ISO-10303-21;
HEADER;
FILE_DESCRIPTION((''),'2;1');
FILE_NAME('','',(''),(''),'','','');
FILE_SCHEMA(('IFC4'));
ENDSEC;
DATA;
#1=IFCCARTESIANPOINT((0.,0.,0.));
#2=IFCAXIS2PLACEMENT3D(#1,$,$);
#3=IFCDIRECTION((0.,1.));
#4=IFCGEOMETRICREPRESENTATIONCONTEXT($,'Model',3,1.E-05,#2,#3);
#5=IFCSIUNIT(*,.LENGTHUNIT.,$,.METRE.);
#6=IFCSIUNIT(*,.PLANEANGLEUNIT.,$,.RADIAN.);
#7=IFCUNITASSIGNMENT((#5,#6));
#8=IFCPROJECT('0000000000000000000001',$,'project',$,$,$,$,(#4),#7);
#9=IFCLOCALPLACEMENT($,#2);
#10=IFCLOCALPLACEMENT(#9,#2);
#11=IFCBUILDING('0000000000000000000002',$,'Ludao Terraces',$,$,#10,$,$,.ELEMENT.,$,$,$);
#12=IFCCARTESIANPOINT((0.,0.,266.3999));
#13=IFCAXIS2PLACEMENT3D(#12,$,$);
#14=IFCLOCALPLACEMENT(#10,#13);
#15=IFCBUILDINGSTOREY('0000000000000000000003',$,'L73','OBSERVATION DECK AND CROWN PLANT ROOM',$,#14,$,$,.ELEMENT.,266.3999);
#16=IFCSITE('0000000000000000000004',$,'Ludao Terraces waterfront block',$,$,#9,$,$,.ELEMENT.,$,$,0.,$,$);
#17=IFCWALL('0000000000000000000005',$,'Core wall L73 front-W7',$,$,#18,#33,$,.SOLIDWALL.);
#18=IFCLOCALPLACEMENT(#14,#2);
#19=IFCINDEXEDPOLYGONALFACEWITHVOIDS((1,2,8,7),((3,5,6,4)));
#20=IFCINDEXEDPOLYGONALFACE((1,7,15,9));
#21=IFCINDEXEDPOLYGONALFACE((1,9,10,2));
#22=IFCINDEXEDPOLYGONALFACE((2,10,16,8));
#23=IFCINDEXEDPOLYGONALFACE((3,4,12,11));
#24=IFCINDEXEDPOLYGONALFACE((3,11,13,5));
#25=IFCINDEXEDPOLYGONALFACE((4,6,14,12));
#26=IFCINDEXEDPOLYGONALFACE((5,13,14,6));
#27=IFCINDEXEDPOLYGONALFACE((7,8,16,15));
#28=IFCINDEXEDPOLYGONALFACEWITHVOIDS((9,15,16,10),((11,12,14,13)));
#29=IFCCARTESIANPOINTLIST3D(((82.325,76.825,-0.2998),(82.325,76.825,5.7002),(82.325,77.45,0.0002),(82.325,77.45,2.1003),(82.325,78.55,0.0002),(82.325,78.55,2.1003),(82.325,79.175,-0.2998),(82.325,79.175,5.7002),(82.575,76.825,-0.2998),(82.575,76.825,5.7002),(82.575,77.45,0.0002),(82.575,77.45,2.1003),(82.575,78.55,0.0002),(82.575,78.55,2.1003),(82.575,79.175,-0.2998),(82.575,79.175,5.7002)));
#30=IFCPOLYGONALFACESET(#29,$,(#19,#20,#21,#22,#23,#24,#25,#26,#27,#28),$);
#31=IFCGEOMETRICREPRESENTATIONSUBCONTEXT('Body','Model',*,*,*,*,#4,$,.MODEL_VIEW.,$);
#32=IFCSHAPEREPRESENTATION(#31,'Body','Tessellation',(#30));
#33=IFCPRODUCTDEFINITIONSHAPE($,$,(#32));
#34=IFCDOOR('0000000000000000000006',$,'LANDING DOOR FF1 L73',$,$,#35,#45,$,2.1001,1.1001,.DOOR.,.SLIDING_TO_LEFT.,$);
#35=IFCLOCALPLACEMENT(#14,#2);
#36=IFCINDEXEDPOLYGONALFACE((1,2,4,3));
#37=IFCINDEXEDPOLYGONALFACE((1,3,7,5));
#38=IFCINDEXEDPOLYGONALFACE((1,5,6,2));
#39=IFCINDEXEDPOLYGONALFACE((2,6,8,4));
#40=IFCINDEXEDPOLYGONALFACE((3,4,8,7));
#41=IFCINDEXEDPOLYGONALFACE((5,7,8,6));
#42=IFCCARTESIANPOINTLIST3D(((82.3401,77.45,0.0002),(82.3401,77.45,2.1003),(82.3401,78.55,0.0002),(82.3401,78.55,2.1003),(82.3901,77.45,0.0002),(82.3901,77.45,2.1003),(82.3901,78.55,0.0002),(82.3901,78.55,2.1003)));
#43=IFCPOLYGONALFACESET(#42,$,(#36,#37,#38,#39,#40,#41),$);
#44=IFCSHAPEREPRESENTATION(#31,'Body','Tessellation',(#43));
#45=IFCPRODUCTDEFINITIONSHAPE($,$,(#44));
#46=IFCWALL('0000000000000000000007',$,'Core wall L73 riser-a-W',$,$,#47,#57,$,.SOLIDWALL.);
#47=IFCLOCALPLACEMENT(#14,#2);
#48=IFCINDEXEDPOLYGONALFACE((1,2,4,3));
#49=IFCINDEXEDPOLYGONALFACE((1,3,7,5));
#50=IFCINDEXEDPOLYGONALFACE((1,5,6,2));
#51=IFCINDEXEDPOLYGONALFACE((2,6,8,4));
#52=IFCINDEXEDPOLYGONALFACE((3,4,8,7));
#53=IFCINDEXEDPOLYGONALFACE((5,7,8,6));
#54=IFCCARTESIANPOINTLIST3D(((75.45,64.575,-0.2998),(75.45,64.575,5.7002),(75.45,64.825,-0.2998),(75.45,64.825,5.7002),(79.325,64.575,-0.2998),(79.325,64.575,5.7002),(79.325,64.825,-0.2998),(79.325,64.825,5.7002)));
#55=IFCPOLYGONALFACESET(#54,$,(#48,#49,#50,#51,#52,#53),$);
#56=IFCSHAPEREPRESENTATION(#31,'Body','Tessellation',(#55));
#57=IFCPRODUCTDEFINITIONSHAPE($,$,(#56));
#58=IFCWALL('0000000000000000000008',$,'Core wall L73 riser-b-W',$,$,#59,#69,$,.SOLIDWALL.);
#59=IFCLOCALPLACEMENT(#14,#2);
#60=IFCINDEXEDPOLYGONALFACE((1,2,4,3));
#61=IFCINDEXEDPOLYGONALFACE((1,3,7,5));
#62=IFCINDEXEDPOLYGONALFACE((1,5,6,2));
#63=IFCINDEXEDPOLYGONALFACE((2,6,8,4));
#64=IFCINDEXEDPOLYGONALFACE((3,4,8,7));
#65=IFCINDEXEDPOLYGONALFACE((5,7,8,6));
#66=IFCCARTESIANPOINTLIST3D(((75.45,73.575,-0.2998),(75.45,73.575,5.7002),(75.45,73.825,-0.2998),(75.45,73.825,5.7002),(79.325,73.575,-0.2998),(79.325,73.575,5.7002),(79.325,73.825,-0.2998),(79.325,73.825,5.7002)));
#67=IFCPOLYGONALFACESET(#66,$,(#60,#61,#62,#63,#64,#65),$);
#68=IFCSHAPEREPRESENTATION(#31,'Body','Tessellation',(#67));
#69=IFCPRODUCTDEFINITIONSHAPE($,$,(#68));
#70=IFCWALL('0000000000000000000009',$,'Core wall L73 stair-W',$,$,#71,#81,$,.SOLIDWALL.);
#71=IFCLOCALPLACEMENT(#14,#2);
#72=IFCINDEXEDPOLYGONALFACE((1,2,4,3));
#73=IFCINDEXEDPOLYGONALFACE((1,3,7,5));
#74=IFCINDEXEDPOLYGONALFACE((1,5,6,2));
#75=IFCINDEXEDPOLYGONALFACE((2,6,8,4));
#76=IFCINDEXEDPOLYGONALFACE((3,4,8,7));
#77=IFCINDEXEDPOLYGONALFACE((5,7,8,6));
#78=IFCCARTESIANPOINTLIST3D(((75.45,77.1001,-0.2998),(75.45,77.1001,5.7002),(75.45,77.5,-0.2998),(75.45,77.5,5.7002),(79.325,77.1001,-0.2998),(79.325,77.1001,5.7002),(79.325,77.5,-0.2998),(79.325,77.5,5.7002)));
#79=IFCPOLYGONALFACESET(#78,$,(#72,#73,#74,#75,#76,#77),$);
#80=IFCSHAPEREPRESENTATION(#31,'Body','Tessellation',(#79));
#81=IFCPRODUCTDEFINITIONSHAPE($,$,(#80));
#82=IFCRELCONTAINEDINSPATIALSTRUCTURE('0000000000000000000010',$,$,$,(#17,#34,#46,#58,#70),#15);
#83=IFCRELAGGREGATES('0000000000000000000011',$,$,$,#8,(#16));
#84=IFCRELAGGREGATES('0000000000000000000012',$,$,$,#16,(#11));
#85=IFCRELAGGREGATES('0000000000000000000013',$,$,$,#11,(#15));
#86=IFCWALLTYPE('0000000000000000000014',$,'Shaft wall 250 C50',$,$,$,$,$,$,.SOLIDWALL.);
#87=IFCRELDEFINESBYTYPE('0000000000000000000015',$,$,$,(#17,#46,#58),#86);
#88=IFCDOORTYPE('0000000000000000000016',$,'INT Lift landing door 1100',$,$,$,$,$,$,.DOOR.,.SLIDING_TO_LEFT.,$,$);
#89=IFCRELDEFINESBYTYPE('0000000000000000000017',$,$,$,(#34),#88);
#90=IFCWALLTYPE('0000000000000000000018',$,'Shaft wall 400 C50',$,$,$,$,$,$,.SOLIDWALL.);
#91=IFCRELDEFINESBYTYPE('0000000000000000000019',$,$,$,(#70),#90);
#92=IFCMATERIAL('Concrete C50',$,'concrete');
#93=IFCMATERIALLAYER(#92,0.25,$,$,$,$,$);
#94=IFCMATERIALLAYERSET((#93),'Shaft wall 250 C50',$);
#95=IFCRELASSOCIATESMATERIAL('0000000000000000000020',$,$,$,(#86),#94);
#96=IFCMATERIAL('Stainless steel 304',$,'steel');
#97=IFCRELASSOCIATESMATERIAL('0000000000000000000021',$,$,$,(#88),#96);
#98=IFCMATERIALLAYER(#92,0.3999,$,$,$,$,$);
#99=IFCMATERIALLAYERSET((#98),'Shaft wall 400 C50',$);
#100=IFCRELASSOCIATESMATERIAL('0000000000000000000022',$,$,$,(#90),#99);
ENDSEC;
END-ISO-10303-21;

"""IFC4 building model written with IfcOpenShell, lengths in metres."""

from ifc_helpers import new_model, si_unit, direction, frame, frame_2d, origin, place, context, subcontext, project, spatial, rectangle, extrude, material, layer, layer_set, type_object, element, fill, save


model = new_model("IFC4")

# Units and contexts
model_context = context("Model", 3, precision=1e-05, world=origin(), true_north=direction((0.0, 1.0)))
body_context = subcontext(model_context, "Body", "Model", "MODEL_VIEW")
ifc_project = project(units=[si_unit("LENGTHUNIT", "METRE"), si_unit("PLANEANGLEUNIT", "RADIAN")], contexts=[model_context])

# Site, building, storey
site_placement = place(None, origin())
site = spatial("IfcSite", under=ifc_project, at=site_placement, Name="Ludao Terraces waterfront block", CompositionType="ELEMENT", RefElevation=0.0)
building_placement = place(site_placement, origin())
building = spatial("IfcBuilding", under=site, at=building_placement, Name="Ludao Terraces", CompositionType="ELEMENT")
storey_placement = place(building_placement, frame((0.0, 0.0, 266.3999)))
storey = spatial("IfcBuildingStorey", under=building, at=storey_placement, Name="L73", Description="OBSERVATION DECK AND CROWN PLANT ROOM", CompositionType="ELEMENT", Elevation=266.3999)

# Shared definitions
ifc_material_1 = material(Name="Concrete C50", Category="concrete")

# Shared definitions
ifc_layer_1 = layer(ifc_material_1, 0.25)
ifc_layer_set_1 = layer_set([ifc_layer_1], Name="Shaft wall 250 C50")
wall_type_1 = type_object("IfcWallType", Name="Shaft wall 250 C50", PredefinedType="SOLIDWALL", material=ifc_layer_set_1)

# Wall, opening, door
wall_1_placement = place(storey_placement, frame((82.45, 76.825, -0.2998), z_axis=(0.0, 0.0, 1.0), x_axis=(0.0, 1.0, 0.0)))
wall_1 = element("IfcWall", 1, at=wall_1_placement, inside=storey, type_object=wall_type_1, Name="Core wall L73 front-W7", PredefinedType="SOLIDWALL", context=body_context, shape_type="SweptSolid", body=[
    extrude(rectangle(XDim=2.3501, YDim=0.25, at=frame_2d((1.175, 0.0))), origin(), (0.0, 0.0, 1.0), 6.0),
])
opening_1_placement = place(wall_1_placement, frame((0.625, 0.0, 0.3)))
opening_1 = element("IfcOpeningElement", 2, at=opening_1_placement, cuts=wall_1, PredefinedType="OPENING", context=body_context, shape_type="SweptSolid", body=[
    extrude(rectangle(XDim=1.1001, YDim=2.1001, at=frame_2d((0.55, 1.05))), frame((0.0, 0.135, 0.0), z_axis=(0.0, -1.0, 0.0), x_axis=(1.0, 0.0, 0.0)), (0.0, 0.0, 1.0), 0.27),
])
ifc_material_2 = material(Name="Stainless steel 304", Category="steel")
door_type_1 = type_object("IfcDoorType", Name="INT Lift landing door 1100", OperationType="SLIDING_TO_LEFT", PredefinedType="DOOR", material=ifc_material_2)
door_1_placement = place(opening_1_placement, origin())
door_1 = element("IfcDoor", 3, at=door_1_placement, inside=storey, type_object=door_type_1, Name="LANDING DOOR FF1 L73", OperationType="SLIDING_TO_LEFT", OverallHeight=2.1001, OverallWidth=1.1001, PredefinedType="DOOR", context=body_context, shape_type="SweptSolid", body=[
    extrude(rectangle(XDim=1.1001, YDim=2.1001, at=frame_2d((0.55, 1.05))), frame((0.0, 0.1099, 0.0), z_axis=(0.0, -1.0, 0.0), x_axis=(1.0, 0.0, 0.0)), (0.0, 0.0, 1.0), 0.05),
])
fill(opening_1, door_1)

# Walls
for number, where, z_axis, x_axis, name in (
    (4, (75.45, 64.7, -0.2998), (0.0, 0.0, 1.0), (1.0, 0.0, 0.0), "Core wall L73 riser-a-W"),
    (5, (75.45, 73.7, -0.2998), (0.0, 0.0, 1.0), (1.0, 0.0, 0.0), "Core wall L73 riser-b-W"),
):
    element("IfcWall", number, at=place(storey_placement, frame(where, z_axis=z_axis, x_axis=x_axis)), inside=storey, type_object=wall_type_1, Name=name, PredefinedType="SOLIDWALL", context=body_context, shape_type="SweptSolid", body=[
        extrude(rectangle(XDim=3.875, YDim=0.25, at=frame_2d((1.9375, 0.0))), origin(), (0.0, 0.0, 1.0), 6.0),
    ])
ifc_layer_2 = layer(ifc_material_1, 0.3999)
ifc_layer_set_2 = layer_set([ifc_layer_2], Name="Shaft wall 400 C50")
wall_type_2 = type_object("IfcWallType", Name="Shaft wall 400 C50", PredefinedType="SOLIDWALL", material=ifc_layer_set_2)
wall_2_placement = place(storey_placement, frame((75.45, 77.3, -0.2998), z_axis=(0.0, 0.0, 1.0), x_axis=(1.0, 0.0, 0.0)))
element("IfcWall", 6, at=wall_2_placement, inside=storey, type_object=wall_type_2, Name="Core wall L73 stair-W", PredefinedType="SOLIDWALL", context=body_context, shape_type="SweptSolid", body=[
    extrude(rectangle(XDim=3.875, YDim=0.3999, at=frame_2d((1.9375, 0.0))), origin(), (0.0, 0.0, 1.0), 6.0),
])

save(model, "model.ifc")
